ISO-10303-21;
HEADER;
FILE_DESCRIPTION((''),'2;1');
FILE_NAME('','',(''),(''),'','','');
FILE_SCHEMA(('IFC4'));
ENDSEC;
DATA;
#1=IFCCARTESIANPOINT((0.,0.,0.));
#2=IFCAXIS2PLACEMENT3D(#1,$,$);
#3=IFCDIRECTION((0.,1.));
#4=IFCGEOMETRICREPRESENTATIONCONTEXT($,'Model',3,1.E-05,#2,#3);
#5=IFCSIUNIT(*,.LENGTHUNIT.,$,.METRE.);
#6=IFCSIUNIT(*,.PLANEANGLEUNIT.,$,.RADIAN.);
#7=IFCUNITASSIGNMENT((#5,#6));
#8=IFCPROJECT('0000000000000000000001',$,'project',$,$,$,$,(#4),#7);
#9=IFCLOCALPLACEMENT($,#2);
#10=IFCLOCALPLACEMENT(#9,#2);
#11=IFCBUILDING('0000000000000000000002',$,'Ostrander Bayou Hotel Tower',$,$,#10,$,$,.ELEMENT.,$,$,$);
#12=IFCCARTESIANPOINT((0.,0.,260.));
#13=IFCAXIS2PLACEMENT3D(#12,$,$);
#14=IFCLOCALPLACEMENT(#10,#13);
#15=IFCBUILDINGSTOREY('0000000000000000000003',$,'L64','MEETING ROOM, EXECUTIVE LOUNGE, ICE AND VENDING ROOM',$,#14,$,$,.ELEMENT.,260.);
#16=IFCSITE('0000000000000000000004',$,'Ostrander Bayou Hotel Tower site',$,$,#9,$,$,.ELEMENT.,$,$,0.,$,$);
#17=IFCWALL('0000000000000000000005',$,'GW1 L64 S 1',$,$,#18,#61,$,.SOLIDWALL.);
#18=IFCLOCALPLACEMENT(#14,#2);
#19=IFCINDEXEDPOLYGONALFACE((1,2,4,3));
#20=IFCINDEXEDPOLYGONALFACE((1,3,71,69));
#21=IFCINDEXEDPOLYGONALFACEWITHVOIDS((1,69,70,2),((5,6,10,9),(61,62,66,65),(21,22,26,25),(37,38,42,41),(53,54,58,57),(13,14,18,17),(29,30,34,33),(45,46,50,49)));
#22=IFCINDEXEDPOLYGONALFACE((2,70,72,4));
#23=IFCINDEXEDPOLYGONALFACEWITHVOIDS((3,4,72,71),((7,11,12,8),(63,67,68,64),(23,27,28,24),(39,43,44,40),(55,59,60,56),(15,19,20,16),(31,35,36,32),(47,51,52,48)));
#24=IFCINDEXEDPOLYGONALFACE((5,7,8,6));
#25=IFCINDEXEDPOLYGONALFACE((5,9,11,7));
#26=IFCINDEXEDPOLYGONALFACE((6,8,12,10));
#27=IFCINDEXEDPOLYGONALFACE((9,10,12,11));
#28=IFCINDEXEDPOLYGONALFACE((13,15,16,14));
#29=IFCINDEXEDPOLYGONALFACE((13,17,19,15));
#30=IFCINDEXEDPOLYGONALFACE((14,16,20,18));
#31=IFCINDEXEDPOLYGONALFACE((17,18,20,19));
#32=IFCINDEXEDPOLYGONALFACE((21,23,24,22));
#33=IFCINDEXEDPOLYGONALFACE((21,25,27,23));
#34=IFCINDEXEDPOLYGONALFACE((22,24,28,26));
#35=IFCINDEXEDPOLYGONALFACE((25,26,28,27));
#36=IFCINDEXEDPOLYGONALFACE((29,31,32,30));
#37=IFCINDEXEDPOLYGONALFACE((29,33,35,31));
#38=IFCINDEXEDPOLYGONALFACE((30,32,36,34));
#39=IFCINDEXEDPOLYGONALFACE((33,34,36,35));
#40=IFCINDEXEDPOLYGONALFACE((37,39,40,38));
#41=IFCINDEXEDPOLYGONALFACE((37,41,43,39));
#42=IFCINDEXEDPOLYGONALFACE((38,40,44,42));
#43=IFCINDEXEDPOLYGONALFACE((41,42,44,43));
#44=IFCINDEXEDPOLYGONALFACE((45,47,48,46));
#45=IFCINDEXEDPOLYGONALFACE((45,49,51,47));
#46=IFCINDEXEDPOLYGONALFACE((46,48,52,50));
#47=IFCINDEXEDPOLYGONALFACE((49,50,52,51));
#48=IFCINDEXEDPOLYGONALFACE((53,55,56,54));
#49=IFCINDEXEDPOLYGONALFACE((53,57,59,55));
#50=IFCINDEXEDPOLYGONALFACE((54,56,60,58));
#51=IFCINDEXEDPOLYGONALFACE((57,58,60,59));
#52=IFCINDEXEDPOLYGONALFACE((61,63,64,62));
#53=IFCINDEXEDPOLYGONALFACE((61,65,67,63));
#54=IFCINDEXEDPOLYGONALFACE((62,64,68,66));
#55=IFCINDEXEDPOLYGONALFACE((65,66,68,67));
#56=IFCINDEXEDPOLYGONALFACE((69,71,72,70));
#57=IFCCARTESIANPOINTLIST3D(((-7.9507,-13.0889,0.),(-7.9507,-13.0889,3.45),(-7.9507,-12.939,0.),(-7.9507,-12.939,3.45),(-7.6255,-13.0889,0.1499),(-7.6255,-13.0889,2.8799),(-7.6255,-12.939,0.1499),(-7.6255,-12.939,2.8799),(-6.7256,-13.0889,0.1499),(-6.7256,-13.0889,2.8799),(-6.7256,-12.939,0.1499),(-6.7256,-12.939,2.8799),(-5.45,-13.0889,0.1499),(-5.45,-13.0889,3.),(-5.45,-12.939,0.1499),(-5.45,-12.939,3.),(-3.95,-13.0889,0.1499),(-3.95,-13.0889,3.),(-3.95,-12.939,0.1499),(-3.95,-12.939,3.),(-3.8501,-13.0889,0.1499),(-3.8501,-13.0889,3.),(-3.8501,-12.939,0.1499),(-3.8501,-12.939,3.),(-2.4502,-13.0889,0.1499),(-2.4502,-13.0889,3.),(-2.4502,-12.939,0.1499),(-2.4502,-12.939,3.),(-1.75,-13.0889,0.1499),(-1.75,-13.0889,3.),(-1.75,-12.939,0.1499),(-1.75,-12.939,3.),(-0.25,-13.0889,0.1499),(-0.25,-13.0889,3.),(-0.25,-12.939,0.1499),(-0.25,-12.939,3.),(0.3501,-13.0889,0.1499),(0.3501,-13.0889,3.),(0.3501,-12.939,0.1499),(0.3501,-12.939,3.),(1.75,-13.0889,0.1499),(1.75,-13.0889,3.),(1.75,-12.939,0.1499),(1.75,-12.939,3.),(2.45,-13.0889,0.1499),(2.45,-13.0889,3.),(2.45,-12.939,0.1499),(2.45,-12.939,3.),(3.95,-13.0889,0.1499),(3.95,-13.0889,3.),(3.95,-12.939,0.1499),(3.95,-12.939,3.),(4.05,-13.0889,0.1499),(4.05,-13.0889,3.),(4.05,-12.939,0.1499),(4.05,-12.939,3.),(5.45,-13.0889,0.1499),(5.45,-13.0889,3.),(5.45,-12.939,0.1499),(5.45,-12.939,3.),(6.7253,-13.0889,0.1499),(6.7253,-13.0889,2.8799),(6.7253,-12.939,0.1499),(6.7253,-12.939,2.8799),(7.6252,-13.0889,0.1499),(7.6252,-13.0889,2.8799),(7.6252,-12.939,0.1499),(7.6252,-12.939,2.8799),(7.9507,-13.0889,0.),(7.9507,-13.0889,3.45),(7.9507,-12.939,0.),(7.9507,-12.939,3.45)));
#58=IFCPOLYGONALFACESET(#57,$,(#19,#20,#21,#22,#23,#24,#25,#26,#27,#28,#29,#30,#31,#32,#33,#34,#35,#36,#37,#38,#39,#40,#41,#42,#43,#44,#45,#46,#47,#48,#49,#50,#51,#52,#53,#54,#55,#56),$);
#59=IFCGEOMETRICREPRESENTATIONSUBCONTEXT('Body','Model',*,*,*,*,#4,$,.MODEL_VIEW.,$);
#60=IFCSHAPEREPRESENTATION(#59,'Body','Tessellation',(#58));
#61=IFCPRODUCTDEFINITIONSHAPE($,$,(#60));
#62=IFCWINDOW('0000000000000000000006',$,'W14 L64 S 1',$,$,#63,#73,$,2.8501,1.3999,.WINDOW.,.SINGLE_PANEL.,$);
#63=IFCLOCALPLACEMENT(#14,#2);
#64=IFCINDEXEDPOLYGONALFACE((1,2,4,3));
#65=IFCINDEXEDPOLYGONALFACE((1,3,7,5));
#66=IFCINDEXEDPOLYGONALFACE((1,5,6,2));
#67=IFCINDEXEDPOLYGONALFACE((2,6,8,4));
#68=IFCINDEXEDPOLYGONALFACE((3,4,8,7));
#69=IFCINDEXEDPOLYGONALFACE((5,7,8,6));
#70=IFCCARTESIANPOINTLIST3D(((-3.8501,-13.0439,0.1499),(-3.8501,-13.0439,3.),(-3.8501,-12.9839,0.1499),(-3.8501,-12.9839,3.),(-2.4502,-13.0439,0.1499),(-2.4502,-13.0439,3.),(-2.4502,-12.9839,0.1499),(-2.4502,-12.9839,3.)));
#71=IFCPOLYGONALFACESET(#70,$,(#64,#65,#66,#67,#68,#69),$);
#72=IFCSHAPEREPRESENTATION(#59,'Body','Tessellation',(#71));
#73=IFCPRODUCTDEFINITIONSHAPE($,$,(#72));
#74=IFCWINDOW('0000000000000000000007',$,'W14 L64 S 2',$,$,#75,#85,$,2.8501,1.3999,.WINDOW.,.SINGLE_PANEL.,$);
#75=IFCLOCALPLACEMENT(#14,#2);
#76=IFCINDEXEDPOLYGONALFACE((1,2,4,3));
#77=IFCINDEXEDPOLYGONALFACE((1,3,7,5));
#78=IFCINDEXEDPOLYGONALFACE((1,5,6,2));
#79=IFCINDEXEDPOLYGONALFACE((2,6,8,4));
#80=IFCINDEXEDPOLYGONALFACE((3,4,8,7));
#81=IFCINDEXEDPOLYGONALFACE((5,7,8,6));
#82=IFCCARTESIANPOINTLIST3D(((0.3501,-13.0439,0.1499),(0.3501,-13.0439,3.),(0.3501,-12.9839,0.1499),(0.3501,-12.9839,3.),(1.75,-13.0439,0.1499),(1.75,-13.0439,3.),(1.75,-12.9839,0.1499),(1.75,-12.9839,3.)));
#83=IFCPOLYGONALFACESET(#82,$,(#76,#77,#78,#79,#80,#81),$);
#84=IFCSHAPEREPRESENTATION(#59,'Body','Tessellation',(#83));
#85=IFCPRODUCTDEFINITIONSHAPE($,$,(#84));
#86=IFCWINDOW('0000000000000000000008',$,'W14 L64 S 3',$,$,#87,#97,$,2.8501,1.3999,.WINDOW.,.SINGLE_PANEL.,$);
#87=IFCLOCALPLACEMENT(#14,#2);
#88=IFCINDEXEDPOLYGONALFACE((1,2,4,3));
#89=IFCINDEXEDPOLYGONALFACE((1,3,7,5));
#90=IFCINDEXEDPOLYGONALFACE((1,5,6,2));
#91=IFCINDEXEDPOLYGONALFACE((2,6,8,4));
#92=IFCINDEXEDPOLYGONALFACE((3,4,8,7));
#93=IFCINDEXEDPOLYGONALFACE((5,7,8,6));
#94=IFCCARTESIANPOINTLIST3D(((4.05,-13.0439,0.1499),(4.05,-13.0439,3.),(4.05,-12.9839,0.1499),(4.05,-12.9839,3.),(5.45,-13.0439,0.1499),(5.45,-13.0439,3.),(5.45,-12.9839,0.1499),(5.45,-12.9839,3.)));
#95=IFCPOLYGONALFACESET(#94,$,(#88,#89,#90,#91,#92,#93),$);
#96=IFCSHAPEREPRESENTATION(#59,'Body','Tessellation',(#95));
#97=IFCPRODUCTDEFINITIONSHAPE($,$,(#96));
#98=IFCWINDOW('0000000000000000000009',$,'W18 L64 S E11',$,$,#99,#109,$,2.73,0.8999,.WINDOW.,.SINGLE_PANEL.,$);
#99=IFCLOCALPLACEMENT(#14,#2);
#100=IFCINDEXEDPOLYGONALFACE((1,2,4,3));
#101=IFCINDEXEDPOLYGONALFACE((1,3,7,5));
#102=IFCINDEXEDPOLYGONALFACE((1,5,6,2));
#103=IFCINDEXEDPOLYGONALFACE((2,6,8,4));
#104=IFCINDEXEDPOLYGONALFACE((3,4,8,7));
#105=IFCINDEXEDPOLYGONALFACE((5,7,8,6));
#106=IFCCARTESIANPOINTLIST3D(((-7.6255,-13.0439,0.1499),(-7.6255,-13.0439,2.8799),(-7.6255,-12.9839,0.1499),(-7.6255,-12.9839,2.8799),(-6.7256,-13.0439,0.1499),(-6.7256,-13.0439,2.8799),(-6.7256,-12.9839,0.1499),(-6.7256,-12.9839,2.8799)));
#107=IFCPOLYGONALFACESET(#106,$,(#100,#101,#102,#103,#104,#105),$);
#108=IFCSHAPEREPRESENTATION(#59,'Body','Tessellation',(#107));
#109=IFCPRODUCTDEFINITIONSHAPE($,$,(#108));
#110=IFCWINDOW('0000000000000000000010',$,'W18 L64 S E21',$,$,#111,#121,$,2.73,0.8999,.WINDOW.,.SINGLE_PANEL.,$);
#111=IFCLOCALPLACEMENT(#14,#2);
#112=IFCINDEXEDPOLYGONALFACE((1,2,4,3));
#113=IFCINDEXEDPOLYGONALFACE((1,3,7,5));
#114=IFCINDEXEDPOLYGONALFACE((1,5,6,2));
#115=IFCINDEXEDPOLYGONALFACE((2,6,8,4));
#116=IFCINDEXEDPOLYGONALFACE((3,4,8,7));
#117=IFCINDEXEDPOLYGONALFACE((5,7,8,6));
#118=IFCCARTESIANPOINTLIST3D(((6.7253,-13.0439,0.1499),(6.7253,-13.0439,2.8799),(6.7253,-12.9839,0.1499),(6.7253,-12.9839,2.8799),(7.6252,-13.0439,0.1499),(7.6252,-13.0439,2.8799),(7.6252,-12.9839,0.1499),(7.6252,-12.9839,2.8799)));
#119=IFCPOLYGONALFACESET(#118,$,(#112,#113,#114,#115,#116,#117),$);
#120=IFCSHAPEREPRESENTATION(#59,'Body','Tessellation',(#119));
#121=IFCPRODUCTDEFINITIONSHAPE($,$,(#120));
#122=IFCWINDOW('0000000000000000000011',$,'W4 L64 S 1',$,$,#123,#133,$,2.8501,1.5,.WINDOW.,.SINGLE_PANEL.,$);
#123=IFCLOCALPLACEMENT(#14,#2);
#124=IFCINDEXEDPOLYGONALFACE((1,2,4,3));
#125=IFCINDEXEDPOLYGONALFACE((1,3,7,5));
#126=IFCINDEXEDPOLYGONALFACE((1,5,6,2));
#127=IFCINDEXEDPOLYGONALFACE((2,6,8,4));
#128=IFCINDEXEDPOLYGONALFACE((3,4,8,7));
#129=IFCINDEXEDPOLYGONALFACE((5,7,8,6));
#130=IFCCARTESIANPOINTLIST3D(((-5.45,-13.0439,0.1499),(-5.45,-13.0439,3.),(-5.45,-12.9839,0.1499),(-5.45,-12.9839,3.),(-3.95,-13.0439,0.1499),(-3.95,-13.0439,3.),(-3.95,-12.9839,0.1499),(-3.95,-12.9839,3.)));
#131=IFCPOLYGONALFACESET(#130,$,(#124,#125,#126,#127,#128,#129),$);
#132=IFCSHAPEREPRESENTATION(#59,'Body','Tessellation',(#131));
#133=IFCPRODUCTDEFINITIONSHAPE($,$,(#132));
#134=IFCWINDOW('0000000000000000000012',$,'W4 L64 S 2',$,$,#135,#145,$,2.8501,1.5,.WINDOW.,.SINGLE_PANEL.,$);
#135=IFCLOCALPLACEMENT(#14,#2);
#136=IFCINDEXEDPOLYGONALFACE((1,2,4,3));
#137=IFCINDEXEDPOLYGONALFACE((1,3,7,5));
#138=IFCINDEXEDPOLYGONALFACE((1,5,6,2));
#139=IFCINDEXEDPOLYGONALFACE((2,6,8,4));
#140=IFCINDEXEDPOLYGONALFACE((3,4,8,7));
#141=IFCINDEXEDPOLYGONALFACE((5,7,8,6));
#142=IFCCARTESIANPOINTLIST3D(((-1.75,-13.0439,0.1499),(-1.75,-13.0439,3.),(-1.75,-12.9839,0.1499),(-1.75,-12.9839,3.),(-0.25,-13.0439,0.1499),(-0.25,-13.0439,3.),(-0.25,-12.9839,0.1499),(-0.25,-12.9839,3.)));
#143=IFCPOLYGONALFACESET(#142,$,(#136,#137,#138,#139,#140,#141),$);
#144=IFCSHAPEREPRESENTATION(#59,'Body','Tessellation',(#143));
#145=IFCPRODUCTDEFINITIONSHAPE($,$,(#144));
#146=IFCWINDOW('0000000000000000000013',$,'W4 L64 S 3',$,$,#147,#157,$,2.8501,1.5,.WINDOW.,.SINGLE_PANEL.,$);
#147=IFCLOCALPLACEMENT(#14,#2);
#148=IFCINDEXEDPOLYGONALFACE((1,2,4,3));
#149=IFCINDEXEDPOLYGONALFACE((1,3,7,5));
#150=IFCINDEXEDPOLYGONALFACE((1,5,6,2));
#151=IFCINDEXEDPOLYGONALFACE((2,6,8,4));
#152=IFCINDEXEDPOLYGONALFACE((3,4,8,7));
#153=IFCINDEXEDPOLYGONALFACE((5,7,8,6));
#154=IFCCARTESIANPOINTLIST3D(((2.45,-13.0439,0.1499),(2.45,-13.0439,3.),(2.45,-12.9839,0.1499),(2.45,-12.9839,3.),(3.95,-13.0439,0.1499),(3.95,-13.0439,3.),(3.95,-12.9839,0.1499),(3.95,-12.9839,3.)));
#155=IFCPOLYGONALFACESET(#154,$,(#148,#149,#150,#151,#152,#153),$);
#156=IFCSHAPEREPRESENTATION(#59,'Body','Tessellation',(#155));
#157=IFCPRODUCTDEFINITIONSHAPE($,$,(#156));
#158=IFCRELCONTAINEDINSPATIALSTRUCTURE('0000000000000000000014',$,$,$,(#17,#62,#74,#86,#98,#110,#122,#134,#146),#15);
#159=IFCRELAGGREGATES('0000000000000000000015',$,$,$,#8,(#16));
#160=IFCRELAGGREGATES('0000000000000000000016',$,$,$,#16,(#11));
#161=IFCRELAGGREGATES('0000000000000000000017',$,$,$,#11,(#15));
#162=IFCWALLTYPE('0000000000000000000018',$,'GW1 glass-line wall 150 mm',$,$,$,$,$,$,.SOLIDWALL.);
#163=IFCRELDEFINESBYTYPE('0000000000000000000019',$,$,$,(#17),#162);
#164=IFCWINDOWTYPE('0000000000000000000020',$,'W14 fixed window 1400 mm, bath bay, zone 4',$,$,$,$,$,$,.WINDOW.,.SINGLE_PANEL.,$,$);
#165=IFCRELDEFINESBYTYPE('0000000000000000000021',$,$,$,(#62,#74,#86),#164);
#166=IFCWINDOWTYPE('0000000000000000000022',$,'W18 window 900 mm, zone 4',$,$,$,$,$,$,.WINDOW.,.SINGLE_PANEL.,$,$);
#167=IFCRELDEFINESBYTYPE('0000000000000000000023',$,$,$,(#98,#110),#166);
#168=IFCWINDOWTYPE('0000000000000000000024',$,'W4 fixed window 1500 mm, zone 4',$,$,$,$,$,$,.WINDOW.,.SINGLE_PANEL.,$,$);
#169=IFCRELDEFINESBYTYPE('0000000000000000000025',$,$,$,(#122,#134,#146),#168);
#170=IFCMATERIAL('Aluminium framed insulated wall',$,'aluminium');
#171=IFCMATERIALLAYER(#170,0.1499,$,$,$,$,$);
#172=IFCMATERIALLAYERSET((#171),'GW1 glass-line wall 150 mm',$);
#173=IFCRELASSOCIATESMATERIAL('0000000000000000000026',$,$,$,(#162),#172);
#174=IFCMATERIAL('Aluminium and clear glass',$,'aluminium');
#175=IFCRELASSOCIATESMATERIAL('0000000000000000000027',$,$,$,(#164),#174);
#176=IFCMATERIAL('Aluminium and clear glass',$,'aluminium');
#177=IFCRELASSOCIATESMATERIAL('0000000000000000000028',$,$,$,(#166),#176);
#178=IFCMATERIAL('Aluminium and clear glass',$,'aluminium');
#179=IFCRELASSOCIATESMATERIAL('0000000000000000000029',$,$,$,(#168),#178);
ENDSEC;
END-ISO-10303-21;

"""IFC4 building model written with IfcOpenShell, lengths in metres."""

from ifc_helpers import new_model, si_unit, direction, frame, frame_2d, origin, place, context, subcontext, project, spatial, rectangle, extrude, material, layer, layer_set, type_object, element, fill, save


model = new_model("IFC4")

# Units and contexts
model_context = context("Model", 3, precision=1e-05, world=origin(), true_north=direction((0.0, 1.0)))
body_context = subcontext(model_context, "Body", "Model", "MODEL_VIEW")
ifc_project = project(units=[si_unit("LENGTHUNIT", "METRE"), si_unit("PLANEANGLEUNIT", "RADIAN")], contexts=[model_context])

# Site, building, storey
site_placement = place(None, origin())
site = spatial("IfcSite", under=ifc_project, at=site_placement, Name="Ostrander Bayou Hotel Tower site", CompositionType="ELEMENT", RefElevation=0.0)
building_placement = place(site_placement, origin())
building = spatial("IfcBuilding", under=site, at=building_placement, Name="Ostrander Bayou Hotel Tower", CompositionType="ELEMENT")
storey_placement = place(building_placement, frame((0.0, 0.0, 260.0)))
storey = spatial("IfcBuildingStorey", under=building, at=storey_placement, Name="L64", Description="MEETING ROOM, EXECUTIVE LOUNGE, ICE AND VENDING ROOM", CompositionType="ELEMENT", Elevation=260.0)

# Wall, openings, windows
ifc_material_1 = material(Name="Aluminium framed insulated wall", Category="aluminium")
ifc_layer_1 = layer(ifc_material_1, 0.1499)
ifc_layer_set_1 = layer_set([ifc_layer_1], Name="GW1 glass-line wall 150 mm")
wall_type_1 = type_object("IfcWallType", Name="GW1 glass-line wall 150 mm", PredefinedType="SOLIDWALL", material=ifc_layer_set_1)
wall_1_placement = place(storey_placement, frame((-7.9507, -13.0139, 0.0), z_axis=(0.0, 0.0, 1.0), x_axis=(1.0, 0.0, 0.0)))
wall_1 = element("IfcWall", 1, at=wall_1_placement, inside=storey, type_object=wall_type_1, Name="GW1 L64 S 1", PredefinedType="SOLIDWALL", context=body_context, shape_type="SweptSolid", body=[
    extrude(rectangle(XDim=15.9014, YDim=0.1499, at=frame_2d((7.9507, 0.0))), origin(), (0.0, 0.0, 1.0), 3.45),
])
opening_1_placement = place(wall_1_placement, frame((2.5007, 0.0, 0.1499)))
opening_1 = element("IfcOpeningElement", 2, at=opening_1_placement, cuts=wall_1, PredefinedType="OPENING", context=body_context, shape_type="SweptSolid", body=[
    extrude(rectangle(XDim=1.5, YDim=2.8501, at=frame_2d((0.75, 1.425))), frame((0.0, 0.075, 0.0), z_axis=(0.0, -1.0, 0.0), x_axis=(1.0, 0.0, 0.0)), (0.0, 0.0, 1.0), 0.1499),
])
opening_2_placement = place(wall_1_placement, frame((4.1006, 0.0, 0.1499)))
opening_2 = element("IfcOpeningElement", 3, at=opening_2_placement, cuts=wall_1, PredefinedType="OPENING", context=body_context, shape_type="SweptSolid", body=[
    extrude(rectangle(XDim=1.3999, YDim=2.8501, at=frame_2d((0.7, 1.425))), frame((0.0, 0.075, 0.0), z_axis=(0.0, -1.0, 0.0), x_axis=(1.0, 0.0, 0.0)), (0.0, 0.0, 1.0), 0.1499),
])
opening_3_placement = place(wall_1_placement, frame((6.2007, 0.0, 0.1499)))
opening_3 = element("IfcOpeningElement", 4, at=opening_3_placement, cuts=wall_1, PredefinedType="OPENING", context=body_context, shape_type="SweptSolid", body=[
    extrude(rectangle(XDim=1.5, YDim=2.8501, at=frame_2d((0.75, 1.425))), frame((0.0, 0.075, 0.0), z_axis=(0.0, -1.0, 0.0), x_axis=(1.0, 0.0, 0.0)), (0.0, 0.0, 1.0), 0.1499),
])
opening_4_placement = place(wall_1_placement, frame((8.3008, 0.0, 0.1499)))
opening_4 = element("IfcOpeningElement", 5, at=opening_4_placement, cuts=wall_1, PredefinedType="OPENING", context=body_context, shape_type="SweptSolid", body=[
    extrude(rectangle(XDim=1.3999, YDim=2.8501, at=frame_2d((0.7, 1.425))), frame((0.0, 0.075, 0.0), z_axis=(0.0, -1.0, 0.0), x_axis=(1.0, 0.0, 0.0)), (0.0, 0.0, 1.0), 0.1499),
])
opening_5_placement = place(wall_1_placement, frame((10.4006, 0.0, 0.1499)))
opening_5 = element("IfcOpeningElement", 6, at=opening_5_placement, cuts=wall_1, PredefinedType="OPENING", context=body_context, shape_type="SweptSolid", body=[
    extrude(rectangle(XDim=1.5, YDim=2.8501, at=frame_2d((0.75, 1.425))), frame((0.0, 0.075, 0.0), z_axis=(0.0, -1.0, 0.0), x_axis=(1.0, 0.0, 0.0)), (0.0, 0.0, 1.0), 0.1499),
])
opening_6_placement = place(wall_1_placement, frame((12.0007, 0.0, 0.1499)))
opening_6 = element("IfcOpeningElement", 7, at=opening_6_placement, cuts=wall_1, PredefinedType="OPENING", context=body_context, shape_type="SweptSolid", body=[
    extrude(rectangle(XDim=1.3999, YDim=2.8501, at=frame_2d((0.7, 1.425))), frame((0.0, 0.075, 0.0), z_axis=(0.0, -1.0, 0.0), x_axis=(1.0, 0.0, 0.0)), (0.0, 0.0, 1.0), 0.1499),
])
opening_7_placement = place(wall_1_placement, frame((0.3252, 0.0, 0.1499)))
opening_7 = element("IfcOpeningElement", 8, at=opening_7_placement, cuts=wall_1, PredefinedType="OPENING", context=body_context, shape_type="SweptSolid", body=[
    extrude(rectangle(XDim=0.8999, YDim=2.73, at=frame_2d((0.45, 1.365))), frame((0.0, 0.075, 0.0), z_axis=(0.0, -1.0, 0.0), x_axis=(1.0, 0.0, 0.0)), (0.0, 0.0, 1.0), 0.1499),
])
opening_8_placement = place(wall_1_placement, frame((14.676, 0.0, 0.1499)))
opening_8 = element("IfcOpeningElement", 9, at=opening_8_placement, cuts=wall_1, PredefinedType="OPENING", context=body_context, shape_type="SweptSolid", body=[
    extrude(rectangle(XDim=0.8999, YDim=2.73, at=frame_2d((0.45, 1.365))), frame((0.0, 0.075, 0.0), z_axis=(0.0, -1.0, 0.0), x_axis=(1.0, 0.0, 0.0)), (0.0, 0.0, 1.0), 0.1499),
])
ifc_material_2 = material(Name="Aluminium and clear glass", Category="aluminium")
window_type_1 = type_object("IfcWindowType", Name="W14 fixed window 1400 mm, bath bay, zone 4", PartitioningType="SINGLE_PANEL", PredefinedType="WINDOW", material=ifc_material_2)
window_1_placement = place(opening_2_placement, origin())
window_1 = element("IfcWindow", 10, at=window_1_placement, inside=storey, type_object=window_type_1, Name="W14 L64 S 1", OverallHeight=2.8501, OverallWidth=1.3999, PartitioningType="SINGLE_PANEL", PredefinedType="WINDOW", context=body_context, shape_type="SweptSolid", body=[
    extrude(rectangle(XDim=1.3999, YDim=2.8501, at=frame_2d((0.7, 1.425))), frame((0.0, 0.03, 0.0), z_axis=(0.0, -1.0, 0.0), x_axis=(1.0, 0.0, 0.0)), (0.0, 0.0, 1.0), 0.0601),
])
fill(opening_2, window_1)
window_2_placement = place(opening_4_placement, origin())
window_2 = element("IfcWindow", 11, at=window_2_placement, inside=storey, type_object=window_type_1, Name="W14 L64 S 2", OverallHeight=2.8501, OverallWidth=1.3999, PartitioningType="SINGLE_PANEL", PredefinedType="WINDOW", context=body_context, shape_type="SweptSolid", body=[
    extrude(rectangle(XDim=1.3999, YDim=2.8501, at=frame_2d((0.7, 1.425))), frame((0.0, 0.03, 0.0), z_axis=(0.0, -1.0, 0.0), x_axis=(1.0, 0.0, 0.0)), (0.0, 0.0, 1.0), 0.0601),
])
fill(opening_4, window_2)
window_3_placement = place(opening_6_placement, origin())
window_3 = element("IfcWindow", 12, at=window_3_placement, inside=storey, type_object=window_type_1, Name="W14 L64 S 3", OverallHeight=2.8501, OverallWidth=1.3999, PartitioningType="SINGLE_PANEL", PredefinedType="WINDOW", context=body_context, shape_type="SweptSolid", body=[
    extrude(rectangle(XDim=1.3999, YDim=2.8501, at=frame_2d((0.7, 1.425))), frame((0.0, 0.03, 0.0), z_axis=(0.0, -1.0, 0.0), x_axis=(1.0, 0.0, 0.0)), (0.0, 0.0, 1.0), 0.0601),
])
fill(opening_6, window_3)
ifc_material_3 = material(Name="Aluminium and clear glass", Category="aluminium")
window_type_2 = type_object("IfcWindowType", Name="W18 window 900 mm, zone 4", PartitioningType="SINGLE_PANEL", PredefinedType="WINDOW", material=ifc_material_3)
window_4_placement = place(opening_7_placement, origin())
window_4 = element("IfcWindow", 13, at=window_4_placement, inside=storey, type_object=window_type_2, Name="W18 L64 S E11", OverallHeight=2.73, OverallWidth=0.8999, PartitioningType="SINGLE_PANEL", PredefinedType="WINDOW", context=body_context, shape_type="SweptSolid", body=[
    extrude(rectangle(XDim=0.8999, YDim=2.73, at=frame_2d((0.45, 1.365))), frame((0.0, 0.03, 0.0), z_axis=(0.0, -1.0, 0.0), x_axis=(1.0, 0.0, 0.0)), (0.0, 0.0, 1.0), 0.0601),
])
fill(opening_7, window_4)
window_5_placement = place(opening_8_placement, origin())
window_5 = element("IfcWindow", 14, at=window_5_placement, inside=storey, type_object=window_type_2, Name="W18 L64 S E21", OverallHeight=2.73, OverallWidth=0.8999, PartitioningType="SINGLE_PANEL", PredefinedType="WINDOW", context=body_context, shape_type="SweptSolid", body=[
    extrude(rectangle(XDim=0.8999, YDim=2.73, at=frame_2d((0.45, 1.365))), frame((0.0, 0.03, 0.0), z_axis=(0.0, -1.0, 0.0), x_axis=(1.0, 0.0, 0.0)), (0.0, 0.0, 1.0), 0.0601),
])
fill(opening_8, window_5)
ifc_material_4 = material(Name="Aluminium and clear glass", Category="aluminium")
window_type_3 = type_object("IfcWindowType", Name="W4 fixed window 1500 mm, zone 4", PartitioningType="SINGLE_PANEL", PredefinedType="WINDOW", material=ifc_material_4)
window_6_placement = place(opening_1_placement, origin())
window_6 = element("IfcWindow", 15, at=window_6_placement, inside=storey, type_object=window_type_3, Name="W4 L64 S 1", OverallHeight=2.8501, OverallWidth=1.5, PartitioningType="SINGLE_PANEL", PredefinedType="WINDOW", context=body_context, shape_type="SweptSolid", body=[
    extrude(rectangle(XDim=1.5, YDim=2.8501, at=frame_2d((0.75, 1.425))), frame((0.0, 0.03, 0.0), z_axis=(0.0, -1.0, 0.0), x_axis=(1.0, 0.0, 0.0)), (0.0, 0.0, 1.0), 0.0601),
])
fill(opening_1, window_6)
window_7_placement = place(opening_3_placement, origin())
window_7 = element("IfcWindow", 16, at=window_7_placement, inside=storey, type_object=window_type_3, Name="W4 L64 S 2", OverallHeight=2.8501, OverallWidth=1.5, PartitioningType="SINGLE_PANEL", PredefinedType="WINDOW", context=body_context, shape_type="SweptSolid", body=[
    extrude(rectangle(XDim=1.5, YDim=2.8501, at=frame_2d((0.75, 1.425))), frame((0.0, 0.03, 0.0), z_axis=(0.0, -1.0, 0.0), x_axis=(1.0, 0.0, 0.0)), (0.0, 0.0, 1.0), 0.0601),
])
fill(opening_3, window_7)
window_8_placement = place(opening_5_placement, origin())
window_8 = element("IfcWindow", 17, at=window_8_placement, inside=storey, type_object=window_type_3, Name="W4 L64 S 3", OverallHeight=2.8501, OverallWidth=1.5, PartitioningType="SINGLE_PANEL", PredefinedType="WINDOW", context=body_context, shape_type="SweptSolid", body=[
    extrude(rectangle(XDim=1.5, YDim=2.8501, at=frame_2d((0.75, 1.425))), frame((0.0, 0.03, 0.0), z_axis=(0.0, -1.0, 0.0), x_axis=(1.0, 0.0, 0.0)), (0.0, 0.0, 1.0), 0.0601),
])
fill(opening_5, window_8)

save(model, "model.ifc")
